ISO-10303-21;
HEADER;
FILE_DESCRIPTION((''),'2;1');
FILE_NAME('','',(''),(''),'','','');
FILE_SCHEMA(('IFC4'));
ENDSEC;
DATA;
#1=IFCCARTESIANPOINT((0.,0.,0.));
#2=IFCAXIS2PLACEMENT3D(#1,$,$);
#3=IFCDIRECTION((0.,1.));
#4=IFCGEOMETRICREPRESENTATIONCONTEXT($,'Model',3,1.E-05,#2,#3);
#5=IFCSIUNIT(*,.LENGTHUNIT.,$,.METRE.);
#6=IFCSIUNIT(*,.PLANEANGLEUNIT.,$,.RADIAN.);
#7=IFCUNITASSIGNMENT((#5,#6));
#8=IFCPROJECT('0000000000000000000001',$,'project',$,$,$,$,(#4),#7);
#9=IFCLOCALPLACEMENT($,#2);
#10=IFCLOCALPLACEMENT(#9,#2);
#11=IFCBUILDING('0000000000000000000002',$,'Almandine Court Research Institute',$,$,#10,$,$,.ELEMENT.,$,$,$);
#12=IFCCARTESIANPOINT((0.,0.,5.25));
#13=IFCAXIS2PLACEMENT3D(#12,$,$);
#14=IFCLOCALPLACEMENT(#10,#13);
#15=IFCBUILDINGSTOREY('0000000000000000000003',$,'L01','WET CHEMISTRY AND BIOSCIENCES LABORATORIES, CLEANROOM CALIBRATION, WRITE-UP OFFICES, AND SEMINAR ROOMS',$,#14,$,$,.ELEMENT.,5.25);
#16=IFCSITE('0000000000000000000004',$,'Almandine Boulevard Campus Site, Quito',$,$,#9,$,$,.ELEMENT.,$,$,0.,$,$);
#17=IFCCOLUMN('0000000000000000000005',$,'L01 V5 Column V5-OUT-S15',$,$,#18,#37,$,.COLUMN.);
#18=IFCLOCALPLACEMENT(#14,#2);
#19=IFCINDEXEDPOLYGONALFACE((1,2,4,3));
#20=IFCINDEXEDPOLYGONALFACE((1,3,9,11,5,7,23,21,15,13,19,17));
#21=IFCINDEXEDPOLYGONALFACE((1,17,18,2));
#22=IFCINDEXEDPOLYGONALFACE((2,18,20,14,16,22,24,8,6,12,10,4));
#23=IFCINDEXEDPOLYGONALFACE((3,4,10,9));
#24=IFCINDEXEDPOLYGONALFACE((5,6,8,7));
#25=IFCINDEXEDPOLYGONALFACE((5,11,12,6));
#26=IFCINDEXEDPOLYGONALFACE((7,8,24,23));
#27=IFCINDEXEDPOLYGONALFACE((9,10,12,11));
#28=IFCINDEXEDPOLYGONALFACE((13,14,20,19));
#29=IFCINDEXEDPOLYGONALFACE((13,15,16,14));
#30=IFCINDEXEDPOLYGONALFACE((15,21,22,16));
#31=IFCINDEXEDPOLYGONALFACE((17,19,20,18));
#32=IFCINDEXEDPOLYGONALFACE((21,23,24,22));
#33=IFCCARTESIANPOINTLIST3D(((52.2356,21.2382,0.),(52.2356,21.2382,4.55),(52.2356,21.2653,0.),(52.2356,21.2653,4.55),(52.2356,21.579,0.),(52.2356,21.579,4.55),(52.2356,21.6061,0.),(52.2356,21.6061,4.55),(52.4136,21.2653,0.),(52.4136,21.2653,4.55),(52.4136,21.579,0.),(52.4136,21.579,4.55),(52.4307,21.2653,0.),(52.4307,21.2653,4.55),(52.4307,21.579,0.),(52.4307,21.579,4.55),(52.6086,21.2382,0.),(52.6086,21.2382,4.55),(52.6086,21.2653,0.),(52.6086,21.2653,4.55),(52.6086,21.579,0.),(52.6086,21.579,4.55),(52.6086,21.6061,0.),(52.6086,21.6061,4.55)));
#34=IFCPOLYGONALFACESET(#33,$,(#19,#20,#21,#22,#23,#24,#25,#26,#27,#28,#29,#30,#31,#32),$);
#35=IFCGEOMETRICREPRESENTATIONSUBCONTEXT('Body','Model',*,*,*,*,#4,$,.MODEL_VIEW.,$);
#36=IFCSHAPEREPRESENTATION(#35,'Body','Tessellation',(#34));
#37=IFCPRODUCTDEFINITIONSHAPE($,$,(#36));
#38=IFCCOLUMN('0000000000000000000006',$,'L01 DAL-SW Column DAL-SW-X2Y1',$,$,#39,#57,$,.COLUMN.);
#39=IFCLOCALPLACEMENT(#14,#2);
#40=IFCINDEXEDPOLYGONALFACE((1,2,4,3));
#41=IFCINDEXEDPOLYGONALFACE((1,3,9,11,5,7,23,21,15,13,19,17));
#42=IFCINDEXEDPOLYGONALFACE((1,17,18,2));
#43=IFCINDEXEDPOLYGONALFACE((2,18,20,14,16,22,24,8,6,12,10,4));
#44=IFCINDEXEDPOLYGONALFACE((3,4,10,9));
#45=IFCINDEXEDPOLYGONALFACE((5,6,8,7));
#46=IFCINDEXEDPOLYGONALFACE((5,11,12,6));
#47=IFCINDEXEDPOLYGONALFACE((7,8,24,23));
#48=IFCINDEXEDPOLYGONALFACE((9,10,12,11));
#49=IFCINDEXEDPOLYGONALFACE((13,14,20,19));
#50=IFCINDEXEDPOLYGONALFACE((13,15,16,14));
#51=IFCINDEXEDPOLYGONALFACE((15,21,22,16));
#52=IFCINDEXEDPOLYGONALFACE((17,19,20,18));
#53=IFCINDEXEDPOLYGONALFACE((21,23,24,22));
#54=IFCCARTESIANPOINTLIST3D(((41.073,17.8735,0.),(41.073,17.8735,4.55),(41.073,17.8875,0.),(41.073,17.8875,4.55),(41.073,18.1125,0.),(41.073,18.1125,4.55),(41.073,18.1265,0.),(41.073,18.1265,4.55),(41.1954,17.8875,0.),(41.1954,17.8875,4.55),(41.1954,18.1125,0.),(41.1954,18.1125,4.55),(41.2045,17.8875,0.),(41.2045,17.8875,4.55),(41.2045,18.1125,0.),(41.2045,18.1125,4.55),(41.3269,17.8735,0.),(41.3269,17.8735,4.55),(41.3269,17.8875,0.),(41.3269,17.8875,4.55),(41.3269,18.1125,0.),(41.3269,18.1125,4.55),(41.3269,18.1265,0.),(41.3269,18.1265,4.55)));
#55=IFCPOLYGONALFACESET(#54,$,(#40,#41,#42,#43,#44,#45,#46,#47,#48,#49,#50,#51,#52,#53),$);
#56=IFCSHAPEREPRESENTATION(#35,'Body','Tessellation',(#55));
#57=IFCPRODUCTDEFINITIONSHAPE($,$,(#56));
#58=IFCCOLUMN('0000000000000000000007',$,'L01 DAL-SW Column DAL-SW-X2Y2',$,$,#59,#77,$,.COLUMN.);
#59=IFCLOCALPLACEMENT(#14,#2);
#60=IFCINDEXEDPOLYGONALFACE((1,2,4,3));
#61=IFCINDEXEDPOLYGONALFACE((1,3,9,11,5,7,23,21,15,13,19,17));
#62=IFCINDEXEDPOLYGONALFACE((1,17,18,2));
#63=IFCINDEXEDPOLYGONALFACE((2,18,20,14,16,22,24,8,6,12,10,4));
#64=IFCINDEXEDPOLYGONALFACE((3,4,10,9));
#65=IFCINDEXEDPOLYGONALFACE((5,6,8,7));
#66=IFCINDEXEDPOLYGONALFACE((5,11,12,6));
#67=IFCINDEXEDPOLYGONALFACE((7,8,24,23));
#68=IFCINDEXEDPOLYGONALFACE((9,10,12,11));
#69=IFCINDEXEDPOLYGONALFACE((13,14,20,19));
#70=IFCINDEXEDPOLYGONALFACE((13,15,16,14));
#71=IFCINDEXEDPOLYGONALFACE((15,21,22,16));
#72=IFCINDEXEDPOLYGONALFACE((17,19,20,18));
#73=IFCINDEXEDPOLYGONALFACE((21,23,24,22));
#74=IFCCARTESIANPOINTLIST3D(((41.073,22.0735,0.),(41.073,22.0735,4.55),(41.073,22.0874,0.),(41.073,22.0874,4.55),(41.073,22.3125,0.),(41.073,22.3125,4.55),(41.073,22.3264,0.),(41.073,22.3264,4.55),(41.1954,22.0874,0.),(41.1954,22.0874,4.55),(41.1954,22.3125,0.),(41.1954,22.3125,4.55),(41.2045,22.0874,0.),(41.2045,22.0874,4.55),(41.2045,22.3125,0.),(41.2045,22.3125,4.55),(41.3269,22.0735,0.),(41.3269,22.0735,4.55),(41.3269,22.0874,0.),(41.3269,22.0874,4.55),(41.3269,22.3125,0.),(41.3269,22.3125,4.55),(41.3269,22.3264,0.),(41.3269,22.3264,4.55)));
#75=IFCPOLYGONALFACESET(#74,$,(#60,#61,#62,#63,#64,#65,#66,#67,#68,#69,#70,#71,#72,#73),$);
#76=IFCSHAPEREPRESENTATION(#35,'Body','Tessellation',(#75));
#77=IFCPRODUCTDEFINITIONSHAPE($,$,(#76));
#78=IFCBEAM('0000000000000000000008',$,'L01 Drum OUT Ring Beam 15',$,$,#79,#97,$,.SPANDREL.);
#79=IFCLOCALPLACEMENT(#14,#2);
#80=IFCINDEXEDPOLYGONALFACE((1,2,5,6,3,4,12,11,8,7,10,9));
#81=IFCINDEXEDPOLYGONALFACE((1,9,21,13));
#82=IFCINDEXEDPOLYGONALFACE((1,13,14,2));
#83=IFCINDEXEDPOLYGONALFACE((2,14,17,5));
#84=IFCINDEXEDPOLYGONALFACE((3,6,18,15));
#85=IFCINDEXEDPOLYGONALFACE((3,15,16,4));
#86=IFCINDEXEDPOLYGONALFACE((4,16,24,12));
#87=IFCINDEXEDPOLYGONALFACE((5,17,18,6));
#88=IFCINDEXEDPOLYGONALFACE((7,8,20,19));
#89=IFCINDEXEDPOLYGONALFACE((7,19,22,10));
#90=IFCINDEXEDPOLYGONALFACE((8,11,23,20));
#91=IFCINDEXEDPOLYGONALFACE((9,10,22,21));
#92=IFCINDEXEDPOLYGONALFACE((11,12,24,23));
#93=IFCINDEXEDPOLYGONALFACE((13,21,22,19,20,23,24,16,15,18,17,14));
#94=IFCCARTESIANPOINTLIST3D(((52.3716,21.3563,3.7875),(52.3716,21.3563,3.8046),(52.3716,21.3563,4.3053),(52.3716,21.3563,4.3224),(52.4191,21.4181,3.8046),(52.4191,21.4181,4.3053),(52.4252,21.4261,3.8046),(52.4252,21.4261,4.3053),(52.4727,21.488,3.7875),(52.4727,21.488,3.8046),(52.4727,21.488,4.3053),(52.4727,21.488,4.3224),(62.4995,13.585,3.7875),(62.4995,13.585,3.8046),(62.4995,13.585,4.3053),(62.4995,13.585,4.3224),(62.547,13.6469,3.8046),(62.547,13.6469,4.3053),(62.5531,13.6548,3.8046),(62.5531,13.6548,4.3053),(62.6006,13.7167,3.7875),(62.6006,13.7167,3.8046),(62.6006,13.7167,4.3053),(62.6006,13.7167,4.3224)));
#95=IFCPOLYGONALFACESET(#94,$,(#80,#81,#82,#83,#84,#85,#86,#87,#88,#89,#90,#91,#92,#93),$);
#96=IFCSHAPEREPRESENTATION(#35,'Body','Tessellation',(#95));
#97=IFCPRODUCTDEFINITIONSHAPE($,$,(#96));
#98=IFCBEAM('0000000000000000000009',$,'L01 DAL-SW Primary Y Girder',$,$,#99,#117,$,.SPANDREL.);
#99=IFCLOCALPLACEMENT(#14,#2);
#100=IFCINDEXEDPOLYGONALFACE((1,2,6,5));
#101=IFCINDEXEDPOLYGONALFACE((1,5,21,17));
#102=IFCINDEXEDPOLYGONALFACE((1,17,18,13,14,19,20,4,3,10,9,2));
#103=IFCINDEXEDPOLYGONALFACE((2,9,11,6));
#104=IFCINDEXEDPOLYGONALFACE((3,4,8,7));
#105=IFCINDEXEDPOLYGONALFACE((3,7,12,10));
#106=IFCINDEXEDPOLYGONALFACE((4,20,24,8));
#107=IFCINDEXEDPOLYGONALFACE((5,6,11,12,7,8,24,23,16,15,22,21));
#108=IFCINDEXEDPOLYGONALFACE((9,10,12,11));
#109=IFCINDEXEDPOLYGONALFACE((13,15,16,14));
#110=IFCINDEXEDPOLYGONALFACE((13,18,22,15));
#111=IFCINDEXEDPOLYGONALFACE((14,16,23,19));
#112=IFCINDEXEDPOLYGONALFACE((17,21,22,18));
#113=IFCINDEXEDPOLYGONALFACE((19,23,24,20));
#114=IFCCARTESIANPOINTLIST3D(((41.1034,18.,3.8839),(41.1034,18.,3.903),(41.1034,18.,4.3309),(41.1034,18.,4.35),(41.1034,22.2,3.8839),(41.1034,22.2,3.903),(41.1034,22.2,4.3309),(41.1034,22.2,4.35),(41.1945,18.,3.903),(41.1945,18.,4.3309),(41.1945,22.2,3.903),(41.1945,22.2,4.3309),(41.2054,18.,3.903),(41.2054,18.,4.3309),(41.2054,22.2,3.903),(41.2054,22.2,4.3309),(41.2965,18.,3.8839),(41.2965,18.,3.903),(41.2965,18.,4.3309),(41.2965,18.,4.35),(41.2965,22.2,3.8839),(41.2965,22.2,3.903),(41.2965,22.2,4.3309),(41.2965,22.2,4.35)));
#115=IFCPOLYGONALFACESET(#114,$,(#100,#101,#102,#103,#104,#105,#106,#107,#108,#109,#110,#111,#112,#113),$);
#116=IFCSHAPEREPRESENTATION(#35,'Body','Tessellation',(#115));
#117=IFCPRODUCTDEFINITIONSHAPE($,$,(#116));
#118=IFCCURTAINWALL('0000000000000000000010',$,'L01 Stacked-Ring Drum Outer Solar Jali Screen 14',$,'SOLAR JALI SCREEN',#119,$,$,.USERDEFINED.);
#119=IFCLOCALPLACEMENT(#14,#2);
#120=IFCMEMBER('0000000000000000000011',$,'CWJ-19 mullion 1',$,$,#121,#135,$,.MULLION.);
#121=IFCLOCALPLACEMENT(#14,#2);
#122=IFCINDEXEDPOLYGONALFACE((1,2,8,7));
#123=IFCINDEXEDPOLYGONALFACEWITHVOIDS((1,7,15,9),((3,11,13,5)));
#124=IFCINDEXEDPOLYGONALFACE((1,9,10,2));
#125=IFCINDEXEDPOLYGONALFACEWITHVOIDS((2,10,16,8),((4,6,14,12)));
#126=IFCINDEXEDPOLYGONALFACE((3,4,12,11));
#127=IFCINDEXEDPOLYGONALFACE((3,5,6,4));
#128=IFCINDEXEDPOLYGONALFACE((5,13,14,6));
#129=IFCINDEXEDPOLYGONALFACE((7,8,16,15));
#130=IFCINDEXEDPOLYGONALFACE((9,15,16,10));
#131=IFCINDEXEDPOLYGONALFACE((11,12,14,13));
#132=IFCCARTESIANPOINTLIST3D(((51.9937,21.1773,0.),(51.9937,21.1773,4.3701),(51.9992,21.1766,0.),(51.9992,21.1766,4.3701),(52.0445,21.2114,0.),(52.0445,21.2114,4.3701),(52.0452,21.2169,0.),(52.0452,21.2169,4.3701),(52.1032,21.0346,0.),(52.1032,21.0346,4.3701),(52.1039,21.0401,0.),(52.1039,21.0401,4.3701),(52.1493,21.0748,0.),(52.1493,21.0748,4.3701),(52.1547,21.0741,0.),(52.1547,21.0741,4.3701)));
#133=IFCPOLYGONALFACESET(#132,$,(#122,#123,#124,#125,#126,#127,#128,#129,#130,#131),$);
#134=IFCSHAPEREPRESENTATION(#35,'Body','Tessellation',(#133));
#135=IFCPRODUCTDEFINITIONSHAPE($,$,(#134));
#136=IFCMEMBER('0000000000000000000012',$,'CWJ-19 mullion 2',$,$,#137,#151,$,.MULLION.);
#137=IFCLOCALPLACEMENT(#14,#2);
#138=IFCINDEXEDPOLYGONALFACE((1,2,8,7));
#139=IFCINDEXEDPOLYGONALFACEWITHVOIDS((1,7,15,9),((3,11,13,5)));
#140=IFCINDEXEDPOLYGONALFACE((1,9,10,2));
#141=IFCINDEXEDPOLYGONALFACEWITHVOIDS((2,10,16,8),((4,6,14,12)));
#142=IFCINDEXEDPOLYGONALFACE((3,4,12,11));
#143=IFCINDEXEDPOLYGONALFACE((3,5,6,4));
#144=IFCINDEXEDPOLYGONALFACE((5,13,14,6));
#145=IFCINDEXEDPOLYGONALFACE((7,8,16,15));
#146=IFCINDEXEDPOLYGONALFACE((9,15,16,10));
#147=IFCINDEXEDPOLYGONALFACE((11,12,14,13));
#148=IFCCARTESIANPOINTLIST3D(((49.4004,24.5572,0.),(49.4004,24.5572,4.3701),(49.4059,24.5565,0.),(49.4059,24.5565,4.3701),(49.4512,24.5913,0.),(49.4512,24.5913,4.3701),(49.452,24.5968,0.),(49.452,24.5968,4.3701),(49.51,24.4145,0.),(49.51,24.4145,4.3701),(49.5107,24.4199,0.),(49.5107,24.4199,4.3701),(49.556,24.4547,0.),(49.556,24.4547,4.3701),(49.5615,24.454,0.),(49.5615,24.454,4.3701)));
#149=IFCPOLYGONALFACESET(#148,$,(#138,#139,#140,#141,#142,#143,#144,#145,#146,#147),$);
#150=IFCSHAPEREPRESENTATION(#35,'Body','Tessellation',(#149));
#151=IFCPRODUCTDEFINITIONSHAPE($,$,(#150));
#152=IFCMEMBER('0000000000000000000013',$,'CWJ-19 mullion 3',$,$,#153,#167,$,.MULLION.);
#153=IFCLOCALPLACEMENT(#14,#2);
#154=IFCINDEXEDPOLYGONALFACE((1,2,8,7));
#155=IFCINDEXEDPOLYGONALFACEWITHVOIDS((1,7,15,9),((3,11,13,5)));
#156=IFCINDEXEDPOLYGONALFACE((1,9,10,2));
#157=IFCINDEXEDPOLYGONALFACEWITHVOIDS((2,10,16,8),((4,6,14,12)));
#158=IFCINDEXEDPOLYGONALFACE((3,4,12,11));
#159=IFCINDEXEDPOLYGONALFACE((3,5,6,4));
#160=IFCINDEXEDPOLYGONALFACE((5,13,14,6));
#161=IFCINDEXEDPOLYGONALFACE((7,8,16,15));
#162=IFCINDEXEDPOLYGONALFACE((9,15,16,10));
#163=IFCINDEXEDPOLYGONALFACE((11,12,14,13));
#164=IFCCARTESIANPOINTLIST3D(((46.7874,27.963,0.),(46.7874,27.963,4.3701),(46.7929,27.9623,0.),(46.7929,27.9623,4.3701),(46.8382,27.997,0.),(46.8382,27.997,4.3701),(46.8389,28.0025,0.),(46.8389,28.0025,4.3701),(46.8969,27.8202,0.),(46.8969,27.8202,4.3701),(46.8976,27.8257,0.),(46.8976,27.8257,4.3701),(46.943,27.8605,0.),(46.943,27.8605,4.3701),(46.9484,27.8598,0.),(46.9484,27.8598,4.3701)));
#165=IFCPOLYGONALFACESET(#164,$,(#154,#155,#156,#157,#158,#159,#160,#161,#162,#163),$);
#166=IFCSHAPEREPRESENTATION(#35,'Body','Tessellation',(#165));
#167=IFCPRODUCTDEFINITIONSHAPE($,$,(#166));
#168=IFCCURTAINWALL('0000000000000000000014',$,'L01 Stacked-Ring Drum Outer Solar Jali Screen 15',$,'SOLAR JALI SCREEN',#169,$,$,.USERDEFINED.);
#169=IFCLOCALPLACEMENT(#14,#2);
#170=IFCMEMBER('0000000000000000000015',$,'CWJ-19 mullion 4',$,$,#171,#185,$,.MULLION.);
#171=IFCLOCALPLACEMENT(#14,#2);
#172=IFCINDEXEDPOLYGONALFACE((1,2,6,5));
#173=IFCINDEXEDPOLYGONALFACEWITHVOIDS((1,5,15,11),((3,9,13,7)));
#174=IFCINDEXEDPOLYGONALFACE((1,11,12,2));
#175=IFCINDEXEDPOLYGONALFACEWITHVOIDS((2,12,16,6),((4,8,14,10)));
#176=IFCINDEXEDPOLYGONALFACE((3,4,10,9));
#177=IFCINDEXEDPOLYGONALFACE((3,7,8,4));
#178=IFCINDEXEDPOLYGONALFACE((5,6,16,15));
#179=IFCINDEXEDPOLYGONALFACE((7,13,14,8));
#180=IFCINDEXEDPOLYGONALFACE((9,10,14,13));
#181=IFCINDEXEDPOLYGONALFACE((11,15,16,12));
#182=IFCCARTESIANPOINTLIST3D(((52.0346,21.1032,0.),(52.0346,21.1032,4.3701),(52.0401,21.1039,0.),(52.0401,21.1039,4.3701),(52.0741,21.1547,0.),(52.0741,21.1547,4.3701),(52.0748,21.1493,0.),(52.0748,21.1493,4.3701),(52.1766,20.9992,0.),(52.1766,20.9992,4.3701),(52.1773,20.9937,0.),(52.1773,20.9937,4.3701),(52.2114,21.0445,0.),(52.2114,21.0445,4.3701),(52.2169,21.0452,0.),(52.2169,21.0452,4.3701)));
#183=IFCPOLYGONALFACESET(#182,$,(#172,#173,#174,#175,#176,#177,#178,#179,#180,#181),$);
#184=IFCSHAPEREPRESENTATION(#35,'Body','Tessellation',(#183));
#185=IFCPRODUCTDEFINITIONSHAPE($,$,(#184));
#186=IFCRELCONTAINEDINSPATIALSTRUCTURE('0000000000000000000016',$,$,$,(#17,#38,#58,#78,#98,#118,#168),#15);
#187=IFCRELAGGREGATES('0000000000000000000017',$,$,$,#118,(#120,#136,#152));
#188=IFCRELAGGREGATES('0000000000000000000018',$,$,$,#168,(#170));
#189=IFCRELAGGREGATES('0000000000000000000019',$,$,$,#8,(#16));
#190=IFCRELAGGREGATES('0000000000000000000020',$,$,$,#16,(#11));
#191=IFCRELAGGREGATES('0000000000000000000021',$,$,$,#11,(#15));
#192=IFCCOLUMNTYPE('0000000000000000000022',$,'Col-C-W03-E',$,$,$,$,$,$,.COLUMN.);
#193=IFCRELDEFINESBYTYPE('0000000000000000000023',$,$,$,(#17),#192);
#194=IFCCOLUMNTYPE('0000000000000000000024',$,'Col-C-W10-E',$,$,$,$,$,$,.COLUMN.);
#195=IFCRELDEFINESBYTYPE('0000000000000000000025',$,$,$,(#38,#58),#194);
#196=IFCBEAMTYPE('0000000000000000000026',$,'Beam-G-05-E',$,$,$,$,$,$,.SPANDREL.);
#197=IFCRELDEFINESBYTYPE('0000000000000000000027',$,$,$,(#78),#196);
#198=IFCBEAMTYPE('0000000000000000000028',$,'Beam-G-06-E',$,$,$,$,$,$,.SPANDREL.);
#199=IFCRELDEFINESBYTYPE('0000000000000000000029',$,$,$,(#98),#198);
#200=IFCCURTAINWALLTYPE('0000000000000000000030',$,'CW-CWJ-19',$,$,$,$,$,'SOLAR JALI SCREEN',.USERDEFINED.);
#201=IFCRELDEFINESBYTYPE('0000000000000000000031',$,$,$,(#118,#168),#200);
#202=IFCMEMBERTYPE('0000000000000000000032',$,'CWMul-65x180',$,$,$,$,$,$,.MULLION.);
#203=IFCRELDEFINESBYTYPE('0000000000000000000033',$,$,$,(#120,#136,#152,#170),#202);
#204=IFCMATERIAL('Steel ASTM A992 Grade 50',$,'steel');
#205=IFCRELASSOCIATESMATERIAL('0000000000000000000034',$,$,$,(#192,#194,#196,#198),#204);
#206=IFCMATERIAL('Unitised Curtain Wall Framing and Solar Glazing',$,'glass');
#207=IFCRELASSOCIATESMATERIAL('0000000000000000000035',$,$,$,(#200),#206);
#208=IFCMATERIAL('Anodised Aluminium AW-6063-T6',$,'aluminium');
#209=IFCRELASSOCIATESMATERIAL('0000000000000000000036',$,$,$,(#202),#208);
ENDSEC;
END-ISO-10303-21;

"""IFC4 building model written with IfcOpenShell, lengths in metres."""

from ifc_helpers import new_model, si_unit, direction, frame, origin, origin_2d, place, context, subcontext, project, spatial, hollow_rectangle, i_section, extrude, material, material_profile, profile_set, type_object, element, aggregate, save


model = new_model("IFC4")

# Units and contexts
model_context = context("Model", 3, precision=1e-05, world=origin(), true_north=direction((0.0, 1.0)))
body_context = subcontext(model_context, "Body", "Model", "MODEL_VIEW")
ifc_project = project(units=[si_unit("LENGTHUNIT", "METRE"), si_unit("PLANEANGLEUNIT", "RADIAN")], contexts=[model_context])

# Site, building, storey
site_placement = place(None, origin())
site = spatial("IfcSite", under=ifc_project, at=site_placement, Name="Almandine Boulevard Campus Site, Quito", CompositionType="ELEMENT", RefElevation=0.0)
building_placement = place(site_placement, origin())
building = spatial("IfcBuilding", under=site, at=building_placement, Name="Almandine Court Research Institute", CompositionType="ELEMENT")
storey_placement = place(building_placement, frame((0.0, 0.0, 5.25)))
storey = spatial("IfcBuildingStorey", under=building, at=storey_placement, Name="L01", Description="WET CHEMISTRY AND BIOSCIENCES LABORATORIES, CLEANROOM CALIBRATION, WRITE-UP OFFICES, AND SEMINAR ROOMS", CompositionType="ELEMENT", Elevation=5.25)

# Columns
ifc_material_1 = material(Name="Steel ASTM A992 Grade 50", Category="steel")
ifc_material_profile_1 = material_profile(ifc_material_1, i_section(OverallWidth=0.373, OverallDepth=0.3679, WebThickness=0.0171, FlangeThickness=0.0271, at=origin_2d()), Name="W360x179")
ifc_profile_set_1 = profile_set([ifc_material_profile_1], Name="Steel ASTM A992 Grade 50")
column_type_1 = type_object("IfcColumnType", Name="Col-C-W03-E", PredefinedType="COLUMN", material=ifc_profile_set_1)
column_placement = place(storey_placement, frame((52.4221, 21.4221, 0.0), z_axis=(0.0, 0.0, 1.0), x_axis=(1.0, 0.0, 0.0)))
element("IfcColumn", 1, at=column_placement, inside=storey, type_object=column_type_1, Name="L01 V5 Column V5-OUT-S15", PredefinedType="COLUMN", context=body_context, shape_type="SweptSolid", body=[
    extrude(i_section(OverallWidth=0.373, OverallDepth=0.3679, WebThickness=0.0171, FlangeThickness=0.0271, at=origin_2d()), origin(), (0.0, 0.0, 1.0), 4.55),
])
ifc_material_profile_2 = material_profile(ifc_material_1, i_section(OverallWidth=0.2539, OverallDepth=0.2529, WebThickness=0.009, FlangeThickness=0.0139, at=origin_2d()), Name="W250x73")
ifc_profile_set_2 = profile_set([ifc_material_profile_2], Name="Steel ASTM A992 Grade 50")
column_type_2 = type_object("IfcColumnType", Name="Col-C-W10-E", PredefinedType="COLUMN", material=ifc_profile_set_2)
for number, where, z_axis, x_axis, name in (
    (2, (41.2, 18.0, 0.0), (0.0, 0.0, 1.0), (1.0, 0.0, 0.0), "L01 DAL-SW Column DAL-SW-X2Y1"),
    (3, (41.2, 22.2, 0.0), (0.0, 0.0, 1.0), (1.0, 0.0, 0.0), "L01 DAL-SW Column DAL-SW-X2Y2"),
):
    element("IfcColumn", number, at=place(storey_placement, frame(where, z_axis=z_axis, x_axis=x_axis)), inside=storey, type_object=column_type_2, Name=name, PredefinedType="COLUMN", context=body_context, shape_type="SweptSolid", body=[
        extrude(i_section(OverallWidth=0.2539, OverallDepth=0.2529, WebThickness=0.009, FlangeThickness=0.0139, at=origin_2d()), origin(), (0.0, 0.0, 1.0), 4.55),
    ])

# Beams
ifc_material_profile_3 = material_profile(ifc_material_1, i_section(OverallWidth=0.166, OverallDepth=0.5349, WebThickness=0.01, FlangeThickness=0.0171, at=origin_2d()), Name="W530x85")
ifc_profile_set_3 = profile_set([ifc_material_profile_3], Name="Steel ASTM A992 Grade 50")
beam_type_1 = type_object("IfcBeamType", Name="Beam-G-05-E", PredefinedType="SPANDREL", material=ifc_profile_set_3)
beam_1_placement = place(storey_placement, frame((52.4221, 21.4221, 4.0549), z_axis=(0.793361, -0.608752, 0.0), x_axis=(0.608752, 0.793361, 0.0)))
element("IfcBeam", 4, at=beam_1_placement, inside=storey, type_object=beam_type_1, Name="L01 Drum OUT Ring Beam 15", PredefinedType="SPANDREL", context=body_context, shape_type="SweptSolid", body=[
    extrude(i_section(OverallWidth=0.166, OverallDepth=0.5349, WebThickness=0.01, FlangeThickness=0.0171, at=origin_2d()), origin(), (0.0, 0.0, 1.0), 12.7659),
])
ifc_material_profile_4 = material_profile(ifc_material_1, i_section(OverallWidth=0.1931, OverallDepth=0.4661, WebThickness=0.011, FlangeThickness=0.019, at=origin_2d()), Name="W460x97")
ifc_profile_set_4 = profile_set([ifc_material_profile_4], Name="Steel ASTM A992 Grade 50")
beam_type_2 = type_object("IfcBeamType", Name="Beam-G-06-E", PredefinedType="SPANDREL", material=ifc_profile_set_4)
beam_2_placement = place(storey_placement, frame((41.2, 18.0, 4.1169), z_axis=(0.0, 1.0, 0.0), x_axis=(-1.0, 0.0, 0.0)))
element("IfcBeam", 5, at=beam_2_placement, inside=storey, type_object=beam_type_2, Name="L01 DAL-SW Primary Y Girder", PredefinedType="SPANDREL", context=body_context, shape_type="SweptSolid", body=[
    extrude(i_section(OverallWidth=0.1931, OverallDepth=0.4661, WebThickness=0.011, FlangeThickness=0.019, at=origin_2d()), origin(), (0.0, 0.0, 1.0), 4.2),
])

# Curtain wall, members
ifc_material_2 = material(Name="Unitised Curtain Wall Framing and Solar Glazing", Category="glass")
curtain_wall_type = type_object("IfcCurtainWallType", Name="CW-CWJ-19", ElementType="SOLAR JALI SCREEN", PredefinedType="USERDEFINED", material=ifc_material_2)
curtain_wall_1_placement = place(storey_placement, origin())
curtain_wall_1 = element("IfcCurtainWall", 6, at=curtain_wall_1_placement, inside=storey, type_object=curtain_wall_type, Name="L01 Stacked-Ring Drum Outer Solar Jali Screen 14", ObjectType="SOLAR JALI SCREEN", PredefinedType="USERDEFINED")
ifc_material_3 = material(Name="Anodised Aluminium AW-6063-T6", Category="aluminium")
ifc_material_profile_5 = material_profile(ifc_material_3, hollow_rectangle(XDim=0.0649, YDim=0.1799, WallThickness=0.0039, at=origin_2d()), Name="ALU RHS 65x180x4")
ifc_profile_set_5 = profile_set([ifc_material_profile_5], Name="Anodised Aluminium AW-6063-T6")
member_type_1 = type_object("IfcMemberType", Name="CWMul-65x180", PredefinedType="MULLION", material=ifc_profile_set_5)
member_1_placement = place(storey_placement, frame((52.0742, 21.1257, 0.0), z_axis=(0.0, 0.0, 1.0), x_axis=(-0.793383, -0.608723, 0.0)))
member_1 = element("IfcMember", 7, at=member_1_placement, type_object=member_type_1, Name="CWJ-19 mullion 1", PredefinedType="MULLION", context=body_context, shape_type="SweptSolid", body=[
    extrude(hollow_rectangle(XDim=0.0649, YDim=0.1799, WallThickness=0.0039, at=origin_2d()), origin(), (0.0, 0.0, 1.0), 4.3701),
])
member_2_placement = place(storey_placement, frame((49.481, 24.5056, 0.0), z_axis=(0.0, 0.0, 1.0), x_axis=(-0.793383, -0.608723, 0.0)))
member_2 = element("IfcMember", 8, at=member_2_placement, type_object=member_type_1, Name="CWJ-19 mullion 2", PredefinedType="MULLION", context=body_context, shape_type="SweptSolid", body=[
    extrude(hollow_rectangle(XDim=0.0649, YDim=0.1799, WallThickness=0.0039, at=origin_2d()), origin(), (0.0, 0.0, 1.0), 4.3701),
])
member_3_placement = place(storey_placement, frame((46.8679, 27.9114, 0.0), z_axis=(0.0, 0.0, 1.0), x_axis=(-0.793383, -0.608723, 0.0)))
member_3 = element("IfcMember", 9, at=member_3_placement, type_object=member_type_1, Name="CWJ-19 mullion 3", PredefinedType="MULLION", context=body_context, shape_type="SweptSolid", body=[
    extrude(hollow_rectangle(XDim=0.0649, YDim=0.1799, WallThickness=0.0039, at=origin_2d()), origin(), (0.0, 0.0, 1.0), 4.3701),
])

# Curtain wall, member
curtain_wall_2_placement = place(storey_placement, origin())
curtain_wall_2 = element("IfcCurtainWall", 10, at=curtain_wall_2_placement, inside=storey, type_object=curtain_wall_type, Name="L01 Stacked-Ring Drum Outer Solar Jali Screen 15", ObjectType="SOLAR JALI SCREEN", PredefinedType="USERDEFINED")
member_4_placement = place(storey_placement, frame((52.1257, 21.0742, 0.0), z_axis=(0.0, 0.0, 1.0), x_axis=(-0.608723, -0.793383, 0.0)))
member_4 = element("IfcMember", 11, at=member_4_placement, type_object=member_type_1, Name="CWJ-19 mullion 4", PredefinedType="MULLION", context=body_context, shape_type="SweptSolid", body=[
    extrude(hollow_rectangle(XDim=0.0649, YDim=0.1799, WallThickness=0.0039, at=origin_2d()), origin(), (0.0, 0.0, 1.0), 4.3701),
])

aggregate(curtain_wall_1, [member_1, member_2, member_3])
aggregate(curtain_wall_2, [member_4])

save(model, "model.ifc")
